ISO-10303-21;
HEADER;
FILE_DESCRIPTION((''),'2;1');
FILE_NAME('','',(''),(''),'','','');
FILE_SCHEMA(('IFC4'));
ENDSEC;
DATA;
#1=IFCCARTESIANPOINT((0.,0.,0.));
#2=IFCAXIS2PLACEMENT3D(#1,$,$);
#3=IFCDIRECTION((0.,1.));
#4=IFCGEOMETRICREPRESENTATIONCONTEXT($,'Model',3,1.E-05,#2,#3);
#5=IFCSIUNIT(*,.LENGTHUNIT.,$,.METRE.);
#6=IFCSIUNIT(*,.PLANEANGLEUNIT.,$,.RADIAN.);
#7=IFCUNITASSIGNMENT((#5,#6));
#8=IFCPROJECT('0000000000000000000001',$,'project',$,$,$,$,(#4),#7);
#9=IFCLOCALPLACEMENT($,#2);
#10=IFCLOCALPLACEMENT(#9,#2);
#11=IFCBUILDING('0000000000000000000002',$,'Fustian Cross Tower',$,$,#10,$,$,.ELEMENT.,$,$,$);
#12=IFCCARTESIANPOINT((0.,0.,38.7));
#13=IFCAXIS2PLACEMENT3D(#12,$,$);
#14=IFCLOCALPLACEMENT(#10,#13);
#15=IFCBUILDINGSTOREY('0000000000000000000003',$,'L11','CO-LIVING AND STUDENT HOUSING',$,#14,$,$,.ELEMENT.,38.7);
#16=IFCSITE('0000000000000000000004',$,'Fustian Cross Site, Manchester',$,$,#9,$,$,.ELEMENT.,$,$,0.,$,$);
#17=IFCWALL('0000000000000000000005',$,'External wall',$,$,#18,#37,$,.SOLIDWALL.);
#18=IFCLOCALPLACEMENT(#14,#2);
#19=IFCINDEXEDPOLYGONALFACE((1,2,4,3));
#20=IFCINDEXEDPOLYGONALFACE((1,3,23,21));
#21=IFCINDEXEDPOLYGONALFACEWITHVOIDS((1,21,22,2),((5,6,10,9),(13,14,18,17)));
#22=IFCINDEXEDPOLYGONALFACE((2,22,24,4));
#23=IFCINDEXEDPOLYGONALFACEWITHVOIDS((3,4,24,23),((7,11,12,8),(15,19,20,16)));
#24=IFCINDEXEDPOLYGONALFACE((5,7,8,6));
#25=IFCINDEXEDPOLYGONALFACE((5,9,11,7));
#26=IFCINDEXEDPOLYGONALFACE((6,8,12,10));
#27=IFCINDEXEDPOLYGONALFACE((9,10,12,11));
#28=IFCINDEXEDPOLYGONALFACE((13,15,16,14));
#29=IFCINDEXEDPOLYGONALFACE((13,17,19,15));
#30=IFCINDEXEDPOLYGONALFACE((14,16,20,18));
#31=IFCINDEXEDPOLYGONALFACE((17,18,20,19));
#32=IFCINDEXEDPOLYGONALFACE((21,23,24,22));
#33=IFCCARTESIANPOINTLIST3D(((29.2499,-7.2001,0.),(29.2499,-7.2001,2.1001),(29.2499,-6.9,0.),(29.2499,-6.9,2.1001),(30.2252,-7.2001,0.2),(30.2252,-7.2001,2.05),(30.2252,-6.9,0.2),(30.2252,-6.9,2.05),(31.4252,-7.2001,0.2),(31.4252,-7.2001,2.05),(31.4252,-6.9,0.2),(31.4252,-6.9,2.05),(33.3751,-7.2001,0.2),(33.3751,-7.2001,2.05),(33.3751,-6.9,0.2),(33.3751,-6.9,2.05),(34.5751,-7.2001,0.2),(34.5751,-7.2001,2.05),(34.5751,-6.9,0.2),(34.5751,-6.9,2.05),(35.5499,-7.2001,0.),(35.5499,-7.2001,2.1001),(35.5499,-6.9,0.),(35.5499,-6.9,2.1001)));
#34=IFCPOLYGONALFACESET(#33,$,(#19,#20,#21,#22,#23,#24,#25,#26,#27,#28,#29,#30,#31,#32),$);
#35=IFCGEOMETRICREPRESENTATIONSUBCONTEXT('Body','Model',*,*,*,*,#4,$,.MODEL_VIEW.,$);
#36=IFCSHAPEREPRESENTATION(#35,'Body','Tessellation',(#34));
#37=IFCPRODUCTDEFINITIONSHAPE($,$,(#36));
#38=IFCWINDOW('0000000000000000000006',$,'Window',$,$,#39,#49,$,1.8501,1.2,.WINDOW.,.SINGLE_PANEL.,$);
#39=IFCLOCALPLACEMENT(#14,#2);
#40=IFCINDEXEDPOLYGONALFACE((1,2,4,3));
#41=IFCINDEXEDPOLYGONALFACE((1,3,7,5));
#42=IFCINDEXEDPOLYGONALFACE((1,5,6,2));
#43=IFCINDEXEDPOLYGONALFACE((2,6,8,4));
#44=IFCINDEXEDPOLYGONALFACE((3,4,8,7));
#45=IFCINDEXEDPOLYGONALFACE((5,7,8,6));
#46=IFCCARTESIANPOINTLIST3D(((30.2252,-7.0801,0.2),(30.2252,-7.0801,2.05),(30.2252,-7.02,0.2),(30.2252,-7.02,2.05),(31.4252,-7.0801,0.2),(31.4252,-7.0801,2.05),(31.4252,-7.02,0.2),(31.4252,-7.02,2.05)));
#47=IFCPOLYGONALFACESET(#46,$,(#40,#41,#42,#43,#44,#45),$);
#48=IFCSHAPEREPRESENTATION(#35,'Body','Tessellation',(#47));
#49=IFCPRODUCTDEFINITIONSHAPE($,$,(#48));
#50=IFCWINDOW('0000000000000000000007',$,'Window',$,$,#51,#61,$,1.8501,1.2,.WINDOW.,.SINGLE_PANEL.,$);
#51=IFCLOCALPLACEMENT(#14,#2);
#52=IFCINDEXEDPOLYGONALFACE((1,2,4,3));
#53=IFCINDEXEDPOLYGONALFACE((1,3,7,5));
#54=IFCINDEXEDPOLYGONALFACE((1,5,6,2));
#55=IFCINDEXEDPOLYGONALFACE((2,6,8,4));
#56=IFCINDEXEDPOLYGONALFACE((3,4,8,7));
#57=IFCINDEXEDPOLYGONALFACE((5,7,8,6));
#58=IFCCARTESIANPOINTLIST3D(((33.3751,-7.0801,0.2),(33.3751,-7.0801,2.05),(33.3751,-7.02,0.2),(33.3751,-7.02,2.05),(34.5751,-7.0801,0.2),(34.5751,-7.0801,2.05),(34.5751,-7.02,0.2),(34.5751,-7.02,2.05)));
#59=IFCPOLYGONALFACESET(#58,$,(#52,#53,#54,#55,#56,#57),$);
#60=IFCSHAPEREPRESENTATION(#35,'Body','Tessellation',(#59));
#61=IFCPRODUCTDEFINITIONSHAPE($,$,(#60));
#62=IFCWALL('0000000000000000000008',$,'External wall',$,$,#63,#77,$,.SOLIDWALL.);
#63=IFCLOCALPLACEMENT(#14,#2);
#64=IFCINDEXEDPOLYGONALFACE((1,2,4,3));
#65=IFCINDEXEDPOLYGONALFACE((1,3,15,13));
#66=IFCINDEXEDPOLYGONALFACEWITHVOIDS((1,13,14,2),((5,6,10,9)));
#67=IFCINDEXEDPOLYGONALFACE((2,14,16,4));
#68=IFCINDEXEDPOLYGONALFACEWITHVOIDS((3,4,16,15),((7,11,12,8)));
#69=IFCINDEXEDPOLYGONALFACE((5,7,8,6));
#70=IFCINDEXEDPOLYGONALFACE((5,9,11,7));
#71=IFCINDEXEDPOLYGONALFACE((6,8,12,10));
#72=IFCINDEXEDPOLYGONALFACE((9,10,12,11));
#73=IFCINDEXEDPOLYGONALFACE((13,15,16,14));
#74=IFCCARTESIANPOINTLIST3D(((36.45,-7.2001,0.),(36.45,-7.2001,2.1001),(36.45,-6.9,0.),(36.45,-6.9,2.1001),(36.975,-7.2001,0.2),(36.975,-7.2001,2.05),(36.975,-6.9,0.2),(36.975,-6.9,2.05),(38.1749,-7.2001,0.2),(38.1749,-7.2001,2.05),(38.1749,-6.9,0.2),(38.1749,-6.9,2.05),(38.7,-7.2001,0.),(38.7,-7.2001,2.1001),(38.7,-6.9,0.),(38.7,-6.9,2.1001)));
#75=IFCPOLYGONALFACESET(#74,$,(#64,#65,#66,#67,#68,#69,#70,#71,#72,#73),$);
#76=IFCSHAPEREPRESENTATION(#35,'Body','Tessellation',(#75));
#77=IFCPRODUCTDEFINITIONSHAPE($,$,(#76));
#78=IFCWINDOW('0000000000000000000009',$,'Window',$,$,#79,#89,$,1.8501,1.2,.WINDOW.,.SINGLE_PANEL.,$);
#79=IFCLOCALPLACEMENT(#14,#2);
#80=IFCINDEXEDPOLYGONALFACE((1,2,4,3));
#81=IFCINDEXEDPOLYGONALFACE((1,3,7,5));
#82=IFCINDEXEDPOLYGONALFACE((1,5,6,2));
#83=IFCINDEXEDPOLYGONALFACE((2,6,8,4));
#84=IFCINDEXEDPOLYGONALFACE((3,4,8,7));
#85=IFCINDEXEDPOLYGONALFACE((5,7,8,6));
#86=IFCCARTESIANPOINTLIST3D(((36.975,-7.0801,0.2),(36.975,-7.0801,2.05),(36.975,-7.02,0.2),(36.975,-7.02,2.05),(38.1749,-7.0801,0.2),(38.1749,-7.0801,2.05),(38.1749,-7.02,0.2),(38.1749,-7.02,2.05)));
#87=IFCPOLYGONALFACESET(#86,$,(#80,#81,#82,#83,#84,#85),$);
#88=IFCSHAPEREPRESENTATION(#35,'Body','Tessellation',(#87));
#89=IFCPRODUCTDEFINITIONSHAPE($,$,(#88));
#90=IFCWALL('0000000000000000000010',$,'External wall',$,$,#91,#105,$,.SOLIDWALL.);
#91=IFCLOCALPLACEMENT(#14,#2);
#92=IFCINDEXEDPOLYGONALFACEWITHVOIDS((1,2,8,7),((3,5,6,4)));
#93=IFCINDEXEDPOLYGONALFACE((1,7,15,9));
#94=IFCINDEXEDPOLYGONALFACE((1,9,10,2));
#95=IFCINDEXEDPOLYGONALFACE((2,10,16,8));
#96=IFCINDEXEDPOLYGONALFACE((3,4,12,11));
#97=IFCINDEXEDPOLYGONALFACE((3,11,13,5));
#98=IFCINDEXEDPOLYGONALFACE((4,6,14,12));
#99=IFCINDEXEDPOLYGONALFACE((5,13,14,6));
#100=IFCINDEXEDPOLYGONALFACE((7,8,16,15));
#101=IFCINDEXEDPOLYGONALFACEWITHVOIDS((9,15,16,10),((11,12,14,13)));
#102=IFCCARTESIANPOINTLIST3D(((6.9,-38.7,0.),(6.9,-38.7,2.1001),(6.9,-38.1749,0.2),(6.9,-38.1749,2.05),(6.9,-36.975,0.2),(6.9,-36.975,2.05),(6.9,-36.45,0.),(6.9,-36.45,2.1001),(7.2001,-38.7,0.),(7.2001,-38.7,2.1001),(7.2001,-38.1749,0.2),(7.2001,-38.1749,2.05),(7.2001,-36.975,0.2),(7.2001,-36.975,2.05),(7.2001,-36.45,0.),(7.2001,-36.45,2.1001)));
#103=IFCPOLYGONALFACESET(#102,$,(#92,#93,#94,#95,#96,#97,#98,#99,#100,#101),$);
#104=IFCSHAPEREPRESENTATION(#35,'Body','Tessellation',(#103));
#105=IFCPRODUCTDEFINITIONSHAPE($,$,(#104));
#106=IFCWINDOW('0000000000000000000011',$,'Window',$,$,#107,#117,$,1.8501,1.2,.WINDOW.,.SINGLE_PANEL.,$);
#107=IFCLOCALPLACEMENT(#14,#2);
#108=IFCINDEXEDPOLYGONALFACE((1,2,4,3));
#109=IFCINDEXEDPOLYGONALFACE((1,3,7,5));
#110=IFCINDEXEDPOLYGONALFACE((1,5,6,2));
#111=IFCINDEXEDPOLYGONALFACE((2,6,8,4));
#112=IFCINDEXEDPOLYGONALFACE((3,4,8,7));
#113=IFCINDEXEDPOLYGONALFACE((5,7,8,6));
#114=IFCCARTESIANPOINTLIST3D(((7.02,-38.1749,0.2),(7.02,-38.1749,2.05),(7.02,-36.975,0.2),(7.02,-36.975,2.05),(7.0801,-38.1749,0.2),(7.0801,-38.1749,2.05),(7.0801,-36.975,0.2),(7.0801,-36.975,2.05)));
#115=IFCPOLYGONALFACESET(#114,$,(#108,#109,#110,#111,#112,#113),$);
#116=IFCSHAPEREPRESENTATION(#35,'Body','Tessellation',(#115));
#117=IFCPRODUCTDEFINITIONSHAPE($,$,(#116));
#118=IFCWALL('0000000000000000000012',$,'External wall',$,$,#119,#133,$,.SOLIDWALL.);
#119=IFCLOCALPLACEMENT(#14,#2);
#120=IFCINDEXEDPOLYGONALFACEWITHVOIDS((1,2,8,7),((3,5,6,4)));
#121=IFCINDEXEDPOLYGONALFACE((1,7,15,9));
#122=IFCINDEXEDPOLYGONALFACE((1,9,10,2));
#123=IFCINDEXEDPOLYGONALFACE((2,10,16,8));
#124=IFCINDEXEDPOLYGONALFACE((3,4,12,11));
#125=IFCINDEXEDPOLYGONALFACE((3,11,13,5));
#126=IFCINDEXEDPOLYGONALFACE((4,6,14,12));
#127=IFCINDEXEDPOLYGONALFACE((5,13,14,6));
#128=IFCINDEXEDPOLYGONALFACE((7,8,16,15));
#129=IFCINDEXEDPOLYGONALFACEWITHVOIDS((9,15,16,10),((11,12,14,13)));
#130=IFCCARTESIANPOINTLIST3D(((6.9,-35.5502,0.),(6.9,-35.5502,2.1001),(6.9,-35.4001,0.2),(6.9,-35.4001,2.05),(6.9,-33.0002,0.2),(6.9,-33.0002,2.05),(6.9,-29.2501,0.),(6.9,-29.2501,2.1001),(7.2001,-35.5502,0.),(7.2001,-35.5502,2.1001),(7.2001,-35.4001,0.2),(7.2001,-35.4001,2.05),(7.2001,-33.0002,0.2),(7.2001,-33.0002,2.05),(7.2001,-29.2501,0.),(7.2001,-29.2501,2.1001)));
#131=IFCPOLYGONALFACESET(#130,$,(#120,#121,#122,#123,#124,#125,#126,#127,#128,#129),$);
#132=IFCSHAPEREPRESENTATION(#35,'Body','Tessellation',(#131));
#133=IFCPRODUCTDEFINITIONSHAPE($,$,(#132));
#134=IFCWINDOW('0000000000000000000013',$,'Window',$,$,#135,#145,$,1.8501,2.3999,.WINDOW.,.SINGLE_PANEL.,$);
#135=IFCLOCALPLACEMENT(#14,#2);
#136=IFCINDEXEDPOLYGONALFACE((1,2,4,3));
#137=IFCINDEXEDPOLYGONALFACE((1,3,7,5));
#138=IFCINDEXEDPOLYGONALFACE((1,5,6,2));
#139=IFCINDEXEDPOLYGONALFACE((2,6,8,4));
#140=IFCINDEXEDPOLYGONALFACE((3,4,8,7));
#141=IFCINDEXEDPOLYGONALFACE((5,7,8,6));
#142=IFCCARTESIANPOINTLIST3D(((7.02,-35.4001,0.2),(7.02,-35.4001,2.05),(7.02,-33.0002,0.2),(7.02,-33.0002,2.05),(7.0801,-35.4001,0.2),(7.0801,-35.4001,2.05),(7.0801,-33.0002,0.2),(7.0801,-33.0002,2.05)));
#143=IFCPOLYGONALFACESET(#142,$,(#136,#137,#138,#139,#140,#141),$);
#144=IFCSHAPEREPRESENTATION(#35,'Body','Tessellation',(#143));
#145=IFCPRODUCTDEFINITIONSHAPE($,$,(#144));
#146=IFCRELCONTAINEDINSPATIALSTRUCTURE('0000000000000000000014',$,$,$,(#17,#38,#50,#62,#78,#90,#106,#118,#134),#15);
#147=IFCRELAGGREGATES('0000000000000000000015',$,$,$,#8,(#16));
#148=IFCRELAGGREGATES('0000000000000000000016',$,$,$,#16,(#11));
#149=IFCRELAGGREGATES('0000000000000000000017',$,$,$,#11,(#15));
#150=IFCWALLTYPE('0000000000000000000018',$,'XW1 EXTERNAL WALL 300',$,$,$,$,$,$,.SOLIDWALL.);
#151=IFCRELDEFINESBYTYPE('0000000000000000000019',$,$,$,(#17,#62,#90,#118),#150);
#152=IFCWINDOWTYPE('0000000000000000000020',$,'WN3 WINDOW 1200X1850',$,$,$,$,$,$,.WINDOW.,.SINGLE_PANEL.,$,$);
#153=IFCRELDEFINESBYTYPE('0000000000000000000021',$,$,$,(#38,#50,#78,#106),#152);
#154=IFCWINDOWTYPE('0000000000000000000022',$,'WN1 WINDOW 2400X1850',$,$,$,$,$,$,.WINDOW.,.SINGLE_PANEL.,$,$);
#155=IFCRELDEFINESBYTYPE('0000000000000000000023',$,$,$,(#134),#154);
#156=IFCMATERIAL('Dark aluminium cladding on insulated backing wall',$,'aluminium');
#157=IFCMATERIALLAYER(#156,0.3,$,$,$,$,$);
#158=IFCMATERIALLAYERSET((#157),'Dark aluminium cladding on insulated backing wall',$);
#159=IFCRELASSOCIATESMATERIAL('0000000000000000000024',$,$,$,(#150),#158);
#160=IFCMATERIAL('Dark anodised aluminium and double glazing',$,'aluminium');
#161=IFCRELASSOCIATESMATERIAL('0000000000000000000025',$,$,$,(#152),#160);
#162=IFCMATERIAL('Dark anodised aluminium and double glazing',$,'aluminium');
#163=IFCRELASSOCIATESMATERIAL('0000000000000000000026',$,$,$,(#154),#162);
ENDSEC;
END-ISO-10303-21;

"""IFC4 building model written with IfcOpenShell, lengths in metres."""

from ifc_helpers import new_model, si_unit, direction, frame, frame_2d, origin, place, context, subcontext, project, spatial, rectangle, extrude, material, layer, layer_set, type_object, element, fill, save


model = new_model("IFC4")

# Units and contexts
model_context = context("Model", 3, precision=1e-05, world=origin(), true_north=direction((0.0, 1.0)))
body_context = subcontext(model_context, "Body", "Model", "MODEL_VIEW")
ifc_project = project(units=[si_unit("LENGTHUNIT", "METRE"), si_unit("PLANEANGLEUNIT", "RADIAN")], contexts=[model_context])

# Site, building, storey
site_placement = place(None, origin())
site = spatial("IfcSite", under=ifc_project, at=site_placement, Name="Fustian Cross Site, Manchester", CompositionType="ELEMENT", RefElevation=0.0)
building_placement = place(site_placement, origin())
building = spatial("IfcBuilding", under=site, at=building_placement, Name="Fustian Cross Tower", CompositionType="ELEMENT")
storey_placement = place(building_placement, frame((0.0, 0.0, 38.7)))
storey = spatial("IfcBuildingStorey", under=building, at=storey_placement, Name="L11", Description="CO-LIVING AND STUDENT HOUSING", CompositionType="ELEMENT", Elevation=38.7)

# Shared definitions
ifc_material_1 = material(Name="Dark aluminium cladding on insulated backing wall", Category="aluminium")
ifc_layer_1 = layer(ifc_material_1, 0.3)
ifc_layer_set_1 = layer_set([ifc_layer_1], Name="Dark aluminium cladding on insulated backing wall")
wall_type_1 = type_object("IfcWallType", Name="XW1 EXTERNAL WALL 300", PredefinedType="SOLIDWALL", material=ifc_layer_set_1)
ifc_material_2 = material(Name="Dark anodised aluminium and double glazing", Category="aluminium")
window_type_1 = type_object("IfcWindowType", Name="WN3 WINDOW 1200X1850", PartitioningType="SINGLE_PANEL", PredefinedType="WINDOW", material=ifc_material_2)

# Wall, openings, windows
wall_1_placement = place(storey_placement, frame((29.25, -7.05, 0.0), z_axis=(0.0, 0.0, 1.0), x_axis=(1.0, 0.0, 0.0)))
wall_1 = element("IfcWall", 1, at=wall_1_placement, inside=storey, type_object=wall_type_1, Name="External wall", PredefinedType="SOLIDWALL", context=body_context, shape_type="SweptSolid", body=[
    extrude(rectangle(XDim=6.3, YDim=0.3, at=frame_2d((3.1499, 0.0))), origin(), (0.0, 0.0, 1.0), 2.1001),
])
opening_1_placement = place(wall_1_placement, frame((0.9751, 0.0, 0.2)))
opening_1 = element("IfcOpeningElement", 2, at=opening_1_placement, cuts=wall_1, PredefinedType="OPENING", context=body_context, shape_type="SweptSolid", body=[
    extrude(rectangle(XDim=1.2, YDim=1.8501, at=frame_2d((0.6001, 0.925))), frame((0.0, 0.1599, 0.0), z_axis=(0.0, -1.0, 0.0), x_axis=(1.0, 0.0, 0.0)), (0.0, 0.0, 1.0), 0.3201),
])
opening_2_placement = place(wall_1_placement, frame((4.125, 0.0, 0.2)))
opening_2 = element("IfcOpeningElement", 3, at=opening_2_placement, cuts=wall_1, PredefinedType="OPENING", context=body_context, shape_type="SweptSolid", body=[
    extrude(rectangle(XDim=1.2, YDim=1.8501, at=frame_2d((0.6001, 0.925))), frame((0.0, 0.1599, 0.0), z_axis=(0.0, -1.0, 0.0), x_axis=(1.0, 0.0, 0.0)), (0.0, 0.0, 1.0), 0.3201),
])
window_1_placement = place(opening_1_placement, origin())
window_1 = element("IfcWindow", 4, at=window_1_placement, inside=storey, type_object=window_type_1, Name="Window", OverallHeight=1.8501, OverallWidth=1.2, PartitioningType="SINGLE_PANEL", PredefinedType="WINDOW", context=body_context, shape_type="SweptSolid", body=[
    extrude(rectangle(XDim=1.2, YDim=1.8501, at=frame_2d((0.6001, 0.925))), frame((0.0, 0.03, 0.0), z_axis=(0.0, -1.0, 0.0), x_axis=(1.0, 0.0, 0.0)), (0.0, 0.0, 1.0), 0.0601),
])
fill(opening_1, window_1)
window_2_placement = place(opening_2_placement, origin())
window_2 = element("IfcWindow", 5, at=window_2_placement, inside=storey, type_object=window_type_1, Name="Window", OverallHeight=1.8501, OverallWidth=1.2, PartitioningType="SINGLE_PANEL", PredefinedType="WINDOW", context=body_context, shape_type="SweptSolid", body=[
    extrude(rectangle(XDim=1.2, YDim=1.8501, at=frame_2d((0.6001, 0.925))), frame((0.0, 0.03, 0.0), z_axis=(0.0, -1.0, 0.0), x_axis=(1.0, 0.0, 0.0)), (0.0, 0.0, 1.0), 0.0601),
])
fill(opening_2, window_2)

# Walls, openings, windows
wall_2_placement = place(storey_placement, frame((36.45, -7.05, 0.0), z_axis=(0.0, 0.0, 1.0), x_axis=(1.0, 0.0, 0.0)))
wall_2 = element("IfcWall", 6, at=wall_2_placement, inside=storey, type_object=wall_type_1, Name="External wall", PredefinedType="SOLIDWALL", context=body_context, shape_type="SweptSolid", body=[
    extrude(rectangle(XDim=2.25, YDim=0.3, at=frame_2d((1.125, 0.0))), origin(), (0.0, 0.0, 1.0), 2.1001),
])
opening_3_placement = place(wall_2_placement, frame((0.5249, 0.0, 0.2)))
opening_3 = element("IfcOpeningElement", 7, at=opening_3_placement, cuts=wall_2, PredefinedType="OPENING", context=body_context, shape_type="SweptSolid", body=[
    extrude(rectangle(XDim=1.2, YDim=1.8501, at=frame_2d((0.6001, 0.925))), frame((0.0, 0.1599, 0.0), z_axis=(0.0, -1.0, 0.0), x_axis=(1.0, 0.0, 0.0)), (0.0, 0.0, 1.0), 0.3201),
])
window_3_placement = place(opening_3_placement, origin())
window_3 = element("IfcWindow", 8, at=window_3_placement, inside=storey, type_object=window_type_1, Name="Window", OverallHeight=1.8501, OverallWidth=1.2, PartitioningType="SINGLE_PANEL", PredefinedType="WINDOW", context=body_context, shape_type="SweptSolid", body=[
    extrude(rectangle(XDim=1.2, YDim=1.8501, at=frame_2d((0.6001, 0.925))), frame((0.0, 0.03, 0.0), z_axis=(0.0, -1.0, 0.0), x_axis=(1.0, 0.0, 0.0)), (0.0, 0.0, 1.0), 0.0601),
])
fill(opening_3, window_3)
wall_3_placement = place(storey_placement, frame((7.05, -38.7, 0.0), z_axis=(0.0, 0.0, 1.0), x_axis=(0.0, 1.0, 0.0)))
wall_3 = element("IfcWall", 9, at=wall_3_placement, inside=storey, type_object=wall_type_1, Name="External wall", PredefinedType="SOLIDWALL", context=body_context, shape_type="SweptSolid", body=[
    extrude(rectangle(XDim=2.25, YDim=0.3, at=frame_2d((1.125, 0.0))), origin(), (0.0, 0.0, 1.0), 2.1001),
])
opening_4_placement = place(wall_3_placement, frame((0.5249, 0.0, 0.2)))
opening_4 = element("IfcOpeningElement", 10, at=opening_4_placement, cuts=wall_3, PredefinedType="OPENING", context=body_context, shape_type="SweptSolid", body=[
    extrude(rectangle(XDim=1.2, YDim=1.8501, at=frame_2d((0.6001, 0.925))), frame((0.0, 0.1599, 0.0), z_axis=(0.0, -1.0, 0.0), x_axis=(1.0, 0.0, 0.0)), (0.0, 0.0, 1.0), 0.3201),
])
window_4_placement = place(opening_4_placement, origin())
window_4 = element("IfcWindow", 11, at=window_4_placement, inside=storey, type_object=window_type_1, Name="Window", OverallHeight=1.8501, OverallWidth=1.2, PartitioningType="SINGLE_PANEL", PredefinedType="WINDOW", context=body_context, shape_type="SweptSolid", body=[
    extrude(rectangle(XDim=1.2, YDim=1.8501, at=frame_2d((0.6001, 0.925))), frame((0.0, 0.03, 0.0), z_axis=(0.0, -1.0, 0.0), x_axis=(1.0, 0.0, 0.0)), (0.0, 0.0, 1.0), 0.0601),
])
fill(opening_4, window_4)
wall_4_placement = place(storey_placement, frame((7.05, -35.55, 0.0), z_axis=(0.0, 0.0, 1.0), x_axis=(0.0, 1.0, 0.0)))
wall_4 = element("IfcWall", 12, at=wall_4_placement, inside=storey, type_object=wall_type_1, Name="External wall", PredefinedType="SOLIDWALL", context=body_context, shape_type="SweptSolid", body=[
    extrude(rectangle(XDim=6.3, YDim=0.3, at=frame_2d((3.1499, 0.0))), origin(), (0.0, 0.0, 1.0), 2.1001),
])
opening_5_placement = place(wall_4_placement, frame((0.1499, 0.0, 0.2)))
opening_5 = element("IfcOpeningElement", 13, at=opening_5_placement, cuts=wall_4, PredefinedType="OPENING", context=body_context, shape_type="SweptSolid", body=[
    extrude(rectangle(XDim=2.3999, YDim=1.8501, at=frame_2d((1.2, 0.925))), frame((0.0, 0.1599, 0.0), z_axis=(0.0, -1.0, 0.0), x_axis=(1.0, 0.0, 0.0)), (0.0, 0.0, 1.0), 0.3201),
])
ifc_material_3 = material(Name="Dark anodised aluminium and double glazing", Category="aluminium")
window_type_2 = type_object("IfcWindowType", Name="WN1 WINDOW 2400X1850", PartitioningType="SINGLE_PANEL", PredefinedType="WINDOW", material=ifc_material_3)
window_5_placement = place(opening_5_placement, origin())
window_5 = element("IfcWindow", 14, at=window_5_placement, inside=storey, type_object=window_type_2, Name="Window", OverallHeight=1.8501, OverallWidth=2.3999, PartitioningType="SINGLE_PANEL", PredefinedType="WINDOW", context=body_context, shape_type="SweptSolid", body=[
    extrude(rectangle(XDim=2.3999, YDim=1.8501, at=frame_2d((1.2, 0.925))), frame((0.0, 0.03, 0.0), z_axis=(0.0, -1.0, 0.0), x_axis=(1.0, 0.0, 0.0)), (0.0, 0.0, 1.0), 0.0601),
])
fill(opening_5, window_5)

save(model, "model.ifc")
